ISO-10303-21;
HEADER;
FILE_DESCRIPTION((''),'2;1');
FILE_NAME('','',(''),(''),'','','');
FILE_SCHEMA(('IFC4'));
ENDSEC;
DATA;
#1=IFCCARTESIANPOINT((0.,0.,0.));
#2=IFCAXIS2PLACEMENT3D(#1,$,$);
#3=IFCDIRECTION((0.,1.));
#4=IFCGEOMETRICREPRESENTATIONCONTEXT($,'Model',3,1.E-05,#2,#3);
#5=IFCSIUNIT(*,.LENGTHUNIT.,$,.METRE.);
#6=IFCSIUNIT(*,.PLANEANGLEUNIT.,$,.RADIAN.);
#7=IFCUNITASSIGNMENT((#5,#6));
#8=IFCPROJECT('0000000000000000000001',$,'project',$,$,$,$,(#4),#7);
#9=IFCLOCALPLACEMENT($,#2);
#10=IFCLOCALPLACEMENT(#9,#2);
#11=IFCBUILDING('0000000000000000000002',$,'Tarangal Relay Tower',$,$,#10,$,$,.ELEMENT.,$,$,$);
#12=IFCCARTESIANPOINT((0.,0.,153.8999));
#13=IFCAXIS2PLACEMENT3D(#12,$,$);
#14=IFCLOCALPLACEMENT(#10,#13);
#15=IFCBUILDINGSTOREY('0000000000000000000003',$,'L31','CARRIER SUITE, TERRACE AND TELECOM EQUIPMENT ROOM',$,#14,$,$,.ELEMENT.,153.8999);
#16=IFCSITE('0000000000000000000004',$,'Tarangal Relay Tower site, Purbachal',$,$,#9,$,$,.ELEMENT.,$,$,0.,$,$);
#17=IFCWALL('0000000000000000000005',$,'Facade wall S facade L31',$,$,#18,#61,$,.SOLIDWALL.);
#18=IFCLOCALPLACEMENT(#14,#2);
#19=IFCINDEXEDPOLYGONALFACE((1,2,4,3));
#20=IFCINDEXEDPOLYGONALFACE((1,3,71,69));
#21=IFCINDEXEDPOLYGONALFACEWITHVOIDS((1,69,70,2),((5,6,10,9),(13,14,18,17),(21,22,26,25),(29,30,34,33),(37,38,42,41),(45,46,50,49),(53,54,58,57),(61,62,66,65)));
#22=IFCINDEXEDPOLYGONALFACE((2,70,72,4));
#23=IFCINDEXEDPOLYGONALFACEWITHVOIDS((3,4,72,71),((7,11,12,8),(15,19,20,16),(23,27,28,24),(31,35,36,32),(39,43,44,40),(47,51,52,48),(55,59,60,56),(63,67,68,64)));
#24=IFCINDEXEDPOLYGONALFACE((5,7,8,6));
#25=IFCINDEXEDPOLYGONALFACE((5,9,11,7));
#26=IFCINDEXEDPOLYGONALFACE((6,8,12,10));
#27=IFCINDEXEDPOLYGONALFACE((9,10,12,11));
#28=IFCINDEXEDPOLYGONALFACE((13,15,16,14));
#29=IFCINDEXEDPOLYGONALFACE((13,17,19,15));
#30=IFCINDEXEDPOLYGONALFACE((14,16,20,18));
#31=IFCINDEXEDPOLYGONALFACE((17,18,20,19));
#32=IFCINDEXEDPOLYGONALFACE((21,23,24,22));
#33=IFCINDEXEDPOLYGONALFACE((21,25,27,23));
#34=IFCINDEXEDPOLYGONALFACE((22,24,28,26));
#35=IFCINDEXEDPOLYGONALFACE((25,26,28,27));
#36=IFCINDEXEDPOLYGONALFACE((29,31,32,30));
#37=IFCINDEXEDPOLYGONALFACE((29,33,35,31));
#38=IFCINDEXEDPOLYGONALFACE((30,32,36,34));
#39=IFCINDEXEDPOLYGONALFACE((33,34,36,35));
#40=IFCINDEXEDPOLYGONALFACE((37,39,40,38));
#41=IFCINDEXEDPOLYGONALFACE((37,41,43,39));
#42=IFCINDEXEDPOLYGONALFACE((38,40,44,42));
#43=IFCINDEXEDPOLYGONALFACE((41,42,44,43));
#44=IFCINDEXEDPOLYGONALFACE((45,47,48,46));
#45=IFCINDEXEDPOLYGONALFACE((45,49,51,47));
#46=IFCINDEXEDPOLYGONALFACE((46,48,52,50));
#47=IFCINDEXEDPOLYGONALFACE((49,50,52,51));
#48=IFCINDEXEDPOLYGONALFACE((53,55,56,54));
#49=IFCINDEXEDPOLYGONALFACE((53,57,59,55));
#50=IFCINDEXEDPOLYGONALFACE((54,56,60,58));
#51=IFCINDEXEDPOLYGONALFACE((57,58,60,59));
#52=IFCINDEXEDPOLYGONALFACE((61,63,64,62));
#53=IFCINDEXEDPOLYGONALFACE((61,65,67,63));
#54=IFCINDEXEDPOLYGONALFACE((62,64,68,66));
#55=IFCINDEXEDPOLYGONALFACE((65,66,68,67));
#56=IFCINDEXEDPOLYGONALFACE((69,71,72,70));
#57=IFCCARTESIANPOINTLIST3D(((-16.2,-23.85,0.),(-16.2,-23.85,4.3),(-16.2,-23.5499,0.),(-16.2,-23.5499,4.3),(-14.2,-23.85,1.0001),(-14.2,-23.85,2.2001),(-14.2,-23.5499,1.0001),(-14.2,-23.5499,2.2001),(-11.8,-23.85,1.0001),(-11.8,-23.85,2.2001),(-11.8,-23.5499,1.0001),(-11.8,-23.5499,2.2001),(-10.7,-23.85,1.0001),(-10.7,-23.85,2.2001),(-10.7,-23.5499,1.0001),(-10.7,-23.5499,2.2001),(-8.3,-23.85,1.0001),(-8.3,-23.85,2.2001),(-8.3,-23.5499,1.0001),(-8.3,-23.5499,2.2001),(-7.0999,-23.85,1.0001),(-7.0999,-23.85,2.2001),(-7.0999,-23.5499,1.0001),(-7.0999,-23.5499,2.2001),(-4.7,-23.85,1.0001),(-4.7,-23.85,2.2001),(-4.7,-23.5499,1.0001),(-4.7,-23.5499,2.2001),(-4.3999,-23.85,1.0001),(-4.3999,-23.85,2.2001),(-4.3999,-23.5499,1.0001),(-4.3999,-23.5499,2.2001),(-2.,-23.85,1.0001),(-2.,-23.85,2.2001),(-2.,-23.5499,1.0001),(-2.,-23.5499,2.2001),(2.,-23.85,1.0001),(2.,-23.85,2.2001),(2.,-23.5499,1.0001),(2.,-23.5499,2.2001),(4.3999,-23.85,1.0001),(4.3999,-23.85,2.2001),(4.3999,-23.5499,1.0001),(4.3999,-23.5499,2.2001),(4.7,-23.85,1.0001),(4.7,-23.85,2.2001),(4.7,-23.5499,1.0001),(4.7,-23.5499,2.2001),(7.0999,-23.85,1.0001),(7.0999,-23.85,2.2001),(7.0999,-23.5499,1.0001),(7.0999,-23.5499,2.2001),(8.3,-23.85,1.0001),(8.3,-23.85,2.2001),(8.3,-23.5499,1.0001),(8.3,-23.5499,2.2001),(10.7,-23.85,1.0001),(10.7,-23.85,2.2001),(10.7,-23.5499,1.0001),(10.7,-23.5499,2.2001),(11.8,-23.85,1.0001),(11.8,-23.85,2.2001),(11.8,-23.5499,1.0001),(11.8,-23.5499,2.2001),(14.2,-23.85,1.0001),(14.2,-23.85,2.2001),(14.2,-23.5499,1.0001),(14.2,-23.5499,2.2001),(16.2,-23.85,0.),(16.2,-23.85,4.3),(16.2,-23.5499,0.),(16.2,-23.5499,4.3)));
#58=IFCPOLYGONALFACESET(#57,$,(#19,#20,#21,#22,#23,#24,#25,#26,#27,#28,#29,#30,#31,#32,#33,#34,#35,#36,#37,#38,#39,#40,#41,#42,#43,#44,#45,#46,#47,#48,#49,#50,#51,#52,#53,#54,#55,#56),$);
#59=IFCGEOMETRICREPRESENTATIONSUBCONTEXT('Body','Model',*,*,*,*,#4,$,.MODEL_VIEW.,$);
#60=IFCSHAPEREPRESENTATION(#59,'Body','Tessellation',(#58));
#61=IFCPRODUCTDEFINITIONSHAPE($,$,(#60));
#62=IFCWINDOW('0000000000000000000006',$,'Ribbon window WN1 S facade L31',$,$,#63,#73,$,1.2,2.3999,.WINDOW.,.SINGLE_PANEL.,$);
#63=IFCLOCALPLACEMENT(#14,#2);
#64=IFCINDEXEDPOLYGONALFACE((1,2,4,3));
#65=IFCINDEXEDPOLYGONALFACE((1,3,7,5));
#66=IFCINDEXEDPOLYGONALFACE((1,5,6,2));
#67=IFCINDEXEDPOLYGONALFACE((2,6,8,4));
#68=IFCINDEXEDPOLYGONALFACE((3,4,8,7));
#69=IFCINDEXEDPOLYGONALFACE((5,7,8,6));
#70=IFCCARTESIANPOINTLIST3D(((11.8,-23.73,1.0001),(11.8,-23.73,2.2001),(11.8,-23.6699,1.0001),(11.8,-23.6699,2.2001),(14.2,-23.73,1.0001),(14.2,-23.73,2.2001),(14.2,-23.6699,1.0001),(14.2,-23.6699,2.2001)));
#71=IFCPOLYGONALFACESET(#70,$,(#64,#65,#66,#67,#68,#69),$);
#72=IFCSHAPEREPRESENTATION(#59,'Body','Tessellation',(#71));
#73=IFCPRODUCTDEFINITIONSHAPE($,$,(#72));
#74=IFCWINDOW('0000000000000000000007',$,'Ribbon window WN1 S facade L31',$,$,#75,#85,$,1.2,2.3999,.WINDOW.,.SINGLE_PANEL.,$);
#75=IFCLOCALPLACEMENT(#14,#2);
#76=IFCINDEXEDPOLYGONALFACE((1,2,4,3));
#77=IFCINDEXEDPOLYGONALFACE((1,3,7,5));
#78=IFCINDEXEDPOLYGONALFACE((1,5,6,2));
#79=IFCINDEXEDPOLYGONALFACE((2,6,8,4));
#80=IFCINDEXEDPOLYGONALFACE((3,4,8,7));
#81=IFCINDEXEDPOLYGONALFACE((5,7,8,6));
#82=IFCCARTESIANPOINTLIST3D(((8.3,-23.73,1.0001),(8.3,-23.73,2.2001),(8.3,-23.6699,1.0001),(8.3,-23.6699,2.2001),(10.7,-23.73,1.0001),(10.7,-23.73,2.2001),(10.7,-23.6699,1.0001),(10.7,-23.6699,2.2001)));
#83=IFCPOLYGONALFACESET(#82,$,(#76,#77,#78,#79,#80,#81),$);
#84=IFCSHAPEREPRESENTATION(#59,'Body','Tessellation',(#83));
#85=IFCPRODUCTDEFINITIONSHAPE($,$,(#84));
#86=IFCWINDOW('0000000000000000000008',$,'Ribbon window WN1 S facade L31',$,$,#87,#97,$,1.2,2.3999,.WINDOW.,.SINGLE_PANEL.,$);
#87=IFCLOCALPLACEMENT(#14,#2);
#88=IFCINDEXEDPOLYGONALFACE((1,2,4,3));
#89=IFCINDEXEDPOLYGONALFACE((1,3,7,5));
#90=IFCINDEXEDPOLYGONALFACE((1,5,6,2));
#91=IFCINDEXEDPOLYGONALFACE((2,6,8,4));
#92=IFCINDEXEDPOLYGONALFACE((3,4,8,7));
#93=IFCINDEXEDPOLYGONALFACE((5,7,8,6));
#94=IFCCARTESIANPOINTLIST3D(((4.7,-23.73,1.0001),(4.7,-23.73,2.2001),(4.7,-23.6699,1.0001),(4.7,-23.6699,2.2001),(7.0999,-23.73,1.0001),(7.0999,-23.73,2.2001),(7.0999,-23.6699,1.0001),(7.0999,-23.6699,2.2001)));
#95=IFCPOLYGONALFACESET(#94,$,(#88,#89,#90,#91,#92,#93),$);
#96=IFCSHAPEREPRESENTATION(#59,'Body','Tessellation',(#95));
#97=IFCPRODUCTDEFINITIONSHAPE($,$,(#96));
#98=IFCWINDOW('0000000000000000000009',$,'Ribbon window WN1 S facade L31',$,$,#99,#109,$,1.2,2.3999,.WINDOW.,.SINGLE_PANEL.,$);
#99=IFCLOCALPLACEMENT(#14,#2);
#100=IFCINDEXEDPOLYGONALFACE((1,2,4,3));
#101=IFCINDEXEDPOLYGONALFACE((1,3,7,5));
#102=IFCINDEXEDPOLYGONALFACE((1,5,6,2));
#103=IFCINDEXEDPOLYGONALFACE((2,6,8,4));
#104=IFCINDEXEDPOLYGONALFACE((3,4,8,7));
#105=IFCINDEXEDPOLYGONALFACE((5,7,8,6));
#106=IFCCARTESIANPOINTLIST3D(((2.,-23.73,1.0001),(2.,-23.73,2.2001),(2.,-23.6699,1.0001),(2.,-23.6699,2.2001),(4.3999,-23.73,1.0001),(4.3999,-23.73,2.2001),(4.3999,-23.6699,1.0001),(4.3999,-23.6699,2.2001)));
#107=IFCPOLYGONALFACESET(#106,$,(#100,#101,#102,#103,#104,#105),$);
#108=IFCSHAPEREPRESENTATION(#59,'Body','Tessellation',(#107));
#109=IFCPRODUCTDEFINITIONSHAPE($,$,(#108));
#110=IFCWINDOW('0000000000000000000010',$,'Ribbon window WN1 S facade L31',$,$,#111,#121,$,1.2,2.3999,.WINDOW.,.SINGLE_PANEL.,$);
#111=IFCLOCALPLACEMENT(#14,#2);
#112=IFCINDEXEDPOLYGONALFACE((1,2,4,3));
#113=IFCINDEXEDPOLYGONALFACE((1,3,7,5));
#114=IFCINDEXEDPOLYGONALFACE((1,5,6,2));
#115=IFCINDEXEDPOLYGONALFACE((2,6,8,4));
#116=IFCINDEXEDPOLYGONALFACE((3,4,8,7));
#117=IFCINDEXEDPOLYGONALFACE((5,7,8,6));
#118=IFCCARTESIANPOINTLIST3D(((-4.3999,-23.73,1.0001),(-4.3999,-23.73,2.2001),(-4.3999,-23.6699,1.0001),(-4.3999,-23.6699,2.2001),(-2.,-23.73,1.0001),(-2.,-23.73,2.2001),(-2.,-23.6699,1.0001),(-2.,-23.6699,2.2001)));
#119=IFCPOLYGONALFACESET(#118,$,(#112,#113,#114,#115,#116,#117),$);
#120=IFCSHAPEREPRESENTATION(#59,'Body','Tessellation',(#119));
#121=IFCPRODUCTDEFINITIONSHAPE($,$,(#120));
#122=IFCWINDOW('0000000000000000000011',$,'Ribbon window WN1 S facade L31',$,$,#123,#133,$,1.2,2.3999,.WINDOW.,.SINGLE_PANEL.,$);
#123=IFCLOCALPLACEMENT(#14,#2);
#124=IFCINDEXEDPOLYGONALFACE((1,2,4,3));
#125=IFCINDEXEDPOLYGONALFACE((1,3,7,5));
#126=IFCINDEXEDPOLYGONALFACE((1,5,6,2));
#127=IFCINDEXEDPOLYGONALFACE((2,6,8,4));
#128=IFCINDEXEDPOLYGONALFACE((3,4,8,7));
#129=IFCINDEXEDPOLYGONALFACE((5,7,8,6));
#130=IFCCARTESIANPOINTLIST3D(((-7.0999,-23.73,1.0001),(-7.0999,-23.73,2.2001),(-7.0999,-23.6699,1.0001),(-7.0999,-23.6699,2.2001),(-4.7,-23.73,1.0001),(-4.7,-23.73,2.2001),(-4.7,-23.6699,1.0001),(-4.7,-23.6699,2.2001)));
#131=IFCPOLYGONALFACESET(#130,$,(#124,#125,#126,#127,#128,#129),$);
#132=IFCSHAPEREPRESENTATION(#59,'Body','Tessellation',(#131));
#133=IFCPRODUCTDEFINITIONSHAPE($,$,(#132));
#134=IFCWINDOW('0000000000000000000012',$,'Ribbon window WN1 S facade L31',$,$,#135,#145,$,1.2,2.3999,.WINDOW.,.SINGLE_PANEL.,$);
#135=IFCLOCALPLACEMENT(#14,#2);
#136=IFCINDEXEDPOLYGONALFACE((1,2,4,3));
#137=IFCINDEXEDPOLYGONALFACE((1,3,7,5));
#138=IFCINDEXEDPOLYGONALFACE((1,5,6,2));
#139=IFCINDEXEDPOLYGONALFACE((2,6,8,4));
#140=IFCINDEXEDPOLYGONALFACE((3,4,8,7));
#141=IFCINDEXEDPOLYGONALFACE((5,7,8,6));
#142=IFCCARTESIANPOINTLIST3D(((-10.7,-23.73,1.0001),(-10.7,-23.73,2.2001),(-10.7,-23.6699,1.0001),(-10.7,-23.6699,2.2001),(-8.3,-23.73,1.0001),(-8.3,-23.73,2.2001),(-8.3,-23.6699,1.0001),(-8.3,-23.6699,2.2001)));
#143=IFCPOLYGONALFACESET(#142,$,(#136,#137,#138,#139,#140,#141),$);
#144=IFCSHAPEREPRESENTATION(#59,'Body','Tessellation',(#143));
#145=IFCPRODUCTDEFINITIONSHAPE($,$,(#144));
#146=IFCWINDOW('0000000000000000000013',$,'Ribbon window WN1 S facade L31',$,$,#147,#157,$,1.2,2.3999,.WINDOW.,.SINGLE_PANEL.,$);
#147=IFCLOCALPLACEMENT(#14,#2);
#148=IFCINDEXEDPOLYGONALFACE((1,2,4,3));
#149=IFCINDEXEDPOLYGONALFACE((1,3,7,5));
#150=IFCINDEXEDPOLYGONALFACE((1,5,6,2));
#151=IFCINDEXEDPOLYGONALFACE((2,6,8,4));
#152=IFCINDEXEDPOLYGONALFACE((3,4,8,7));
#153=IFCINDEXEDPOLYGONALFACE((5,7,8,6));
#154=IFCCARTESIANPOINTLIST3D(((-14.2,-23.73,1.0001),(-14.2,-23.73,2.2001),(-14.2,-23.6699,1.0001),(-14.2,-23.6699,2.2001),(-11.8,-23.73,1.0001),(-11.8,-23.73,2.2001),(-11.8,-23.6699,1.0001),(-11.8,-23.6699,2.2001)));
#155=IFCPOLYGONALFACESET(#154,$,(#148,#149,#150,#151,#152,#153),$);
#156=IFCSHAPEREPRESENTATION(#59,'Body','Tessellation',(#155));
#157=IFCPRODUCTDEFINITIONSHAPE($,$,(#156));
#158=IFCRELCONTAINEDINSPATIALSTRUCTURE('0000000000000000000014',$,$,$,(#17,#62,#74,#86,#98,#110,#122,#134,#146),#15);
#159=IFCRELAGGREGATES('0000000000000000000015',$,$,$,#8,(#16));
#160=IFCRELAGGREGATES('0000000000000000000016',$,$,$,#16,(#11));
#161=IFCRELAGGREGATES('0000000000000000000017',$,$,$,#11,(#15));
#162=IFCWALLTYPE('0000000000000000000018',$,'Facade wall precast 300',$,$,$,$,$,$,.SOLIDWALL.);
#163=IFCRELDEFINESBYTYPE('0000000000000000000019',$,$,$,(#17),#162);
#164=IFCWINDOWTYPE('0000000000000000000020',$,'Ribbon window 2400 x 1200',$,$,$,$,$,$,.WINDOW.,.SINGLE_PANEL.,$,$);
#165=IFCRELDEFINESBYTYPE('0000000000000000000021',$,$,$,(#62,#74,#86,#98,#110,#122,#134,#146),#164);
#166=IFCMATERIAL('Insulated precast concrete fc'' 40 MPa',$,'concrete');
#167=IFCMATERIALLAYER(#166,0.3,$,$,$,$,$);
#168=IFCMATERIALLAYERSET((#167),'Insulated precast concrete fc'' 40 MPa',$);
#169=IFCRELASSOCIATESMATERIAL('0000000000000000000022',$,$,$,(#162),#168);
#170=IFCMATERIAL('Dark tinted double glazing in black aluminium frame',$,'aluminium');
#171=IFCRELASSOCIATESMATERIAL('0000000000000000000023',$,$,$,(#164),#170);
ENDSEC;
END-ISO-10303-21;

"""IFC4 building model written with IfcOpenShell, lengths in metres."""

from ifc_helpers import new_model, si_unit, direction, frame, frame_2d, origin, place, context, subcontext, project, spatial, rectangle, extrude, material, layer, layer_set, type_object, element, fill, save


model = new_model("IFC4")

# Units and contexts
model_context = context("Model", 3, precision=1e-05, world=origin(), true_north=direction((0.0, 1.0)))
body_context = subcontext(model_context, "Body", "Model", "MODEL_VIEW")
ifc_project = project(units=[si_unit("LENGTHUNIT", "METRE"), si_unit("PLANEANGLEUNIT", "RADIAN")], contexts=[model_context])

# Site, building, storey
site_placement = place(None, origin())
site = spatial("IfcSite", under=ifc_project, at=site_placement, Name="Tarangal Relay Tower site, Purbachal", CompositionType="ELEMENT", RefElevation=0.0)
building_placement = place(site_placement, origin())
building = spatial("IfcBuilding", under=site, at=building_placement, Name="Tarangal Relay Tower", CompositionType="ELEMENT")
storey_placement = place(building_placement, frame((0.0, 0.0, 153.8999)))
storey = spatial("IfcBuildingStorey", under=building, at=storey_placement, Name="L31", Description="CARRIER SUITE, TERRACE AND TELECOM EQUIPMENT ROOM", CompositionType="ELEMENT", Elevation=153.8999)

# Shared definitions
ifc_material_1 = material(Name="Insulated precast concrete fc' 40 MPa", Category="concrete")
ifc_layer = layer(ifc_material_1, 0.3)
ifc_layer_set = layer_set([ifc_layer], Name="Insulated precast concrete fc' 40 MPa")
wall_type = type_object("IfcWallType", Name="Facade wall precast 300", PredefinedType="SOLIDWALL", material=ifc_layer_set)

# Wall, openings, windows
wall_placement = place(storey_placement, frame((16.2, -23.7, 0.0), z_axis=(0.0, 0.0, 1.0), x_axis=(-1.0, 0.0, 0.0)))
wall = element("IfcWall", 1, at=wall_placement, inside=storey, type_object=wall_type, Name="Facade wall S facade L31", PredefinedType="SOLIDWALL", context=body_context, shape_type="SweptSolid", body=[
    extrude(rectangle(XDim=32.3999, YDim=0.3, at=frame_2d((16.2, 0.0))), origin(), (0.0, 0.0, 1.0), 4.3),
])
opening_1_placement = place(wall_placement, frame((2.0, 0.0, 1.0)))
opening_1 = element("IfcOpeningElement", 2, at=opening_1_placement, cuts=wall, PredefinedType="OPENING", context=body_context, shape_type="SweptSolid", body=[
    extrude(rectangle(XDim=2.3999, YDim=1.2, at=frame_2d((1.2, 0.6001))), frame((0.0, 0.1599, 0.0), z_axis=(0.0, -1.0, 0.0), x_axis=(1.0, 0.0, 0.0)), (0.0, 0.0, 1.0), 0.3201),
])
opening_2_placement = place(wall_placement, frame((5.5, 0.0, 1.0)))
opening_2 = element("IfcOpeningElement", 3, at=opening_2_placement, cuts=wall, PredefinedType="OPENING", context=body_context, shape_type="SweptSolid", body=[
    extrude(rectangle(XDim=2.3999, YDim=1.2, at=frame_2d((1.2, 0.6001))), frame((0.0, 0.1599, 0.0), z_axis=(0.0, -1.0, 0.0), x_axis=(1.0, 0.0, 0.0)), (0.0, 0.0, 1.0), 0.3201),
])
opening_3_placement = place(wall_placement, frame((9.1001, 0.0, 1.0)))
opening_3 = element("IfcOpeningElement", 4, at=opening_3_placement, cuts=wall, PredefinedType="OPENING", context=body_context, shape_type="SweptSolid", body=[
    extrude(rectangle(XDim=2.3999, YDim=1.2, at=frame_2d((1.2, 0.6001))), frame((0.0, 0.1599, 0.0), z_axis=(0.0, -1.0, 0.0), x_axis=(1.0, 0.0, 0.0)), (0.0, 0.0, 1.0), 0.3201),
])
opening_4_placement = place(wall_placement, frame((11.8, 0.0, 1.0)))
opening_4 = element("IfcOpeningElement", 5, at=opening_4_placement, cuts=wall, PredefinedType="OPENING", context=body_context, shape_type="SweptSolid", body=[
    extrude(rectangle(XDim=2.3999, YDim=1.2, at=frame_2d((1.2, 0.6001))), frame((0.0, 0.1599, 0.0), z_axis=(0.0, -1.0, 0.0), x_axis=(1.0, 0.0, 0.0)), (0.0, 0.0, 1.0), 0.3201),
])
opening_5_placement = place(wall_placement, frame((18.2, 0.0, 1.0)))
opening_5 = element("IfcOpeningElement", 6, at=opening_5_placement, cuts=wall, PredefinedType="OPENING", context=body_context, shape_type="SweptSolid", body=[
    extrude(rectangle(XDim=2.3999, YDim=1.2, at=frame_2d((1.2, 0.6001))), frame((0.0, 0.1599, 0.0), z_axis=(0.0, -1.0, 0.0), x_axis=(1.0, 0.0, 0.0)), (0.0, 0.0, 1.0), 0.3201),
])
opening_6_placement = place(wall_placement, frame((20.8999, 0.0, 1.0)))
opening_6 = element("IfcOpeningElement", 7, at=opening_6_placement, cuts=wall, PredefinedType="OPENING", context=body_context, shape_type="SweptSolid", body=[
    extrude(rectangle(XDim=2.3999, YDim=1.2, at=frame_2d((1.2, 0.6001))), frame((0.0, 0.1599, 0.0), z_axis=(0.0, -1.0, 0.0), x_axis=(1.0, 0.0, 0.0)), (0.0, 0.0, 1.0), 0.3201),
])
opening_7_placement = place(wall_placement, frame((24.5, 0.0, 1.0)))
opening_7 = element("IfcOpeningElement", 8, at=opening_7_placement, cuts=wall, PredefinedType="OPENING", context=body_context, shape_type="SweptSolid", body=[
    extrude(rectangle(XDim=2.3999, YDim=1.2, at=frame_2d((1.2, 0.6001))), frame((0.0, 0.1599, 0.0), z_axis=(0.0, -1.0, 0.0), x_axis=(1.0, 0.0, 0.0)), (0.0, 0.0, 1.0), 0.3201),
])
opening_8_placement = place(wall_placement, frame((28.0, 0.0, 1.0)))
opening_8 = element("IfcOpeningElement", 9, at=opening_8_placement, cuts=wall, PredefinedType="OPENING", context=body_context, shape_type="SweptSolid", body=[
    extrude(rectangle(XDim=2.3999, YDim=1.2, at=frame_2d((1.2, 0.6001))), frame((0.0, 0.1599, 0.0), z_axis=(0.0, -1.0, 0.0), x_axis=(1.0, 0.0, 0.0)), (0.0, 0.0, 1.0), 0.3201),
])
ifc_material_2 = material(Name="Dark tinted double glazing in black aluminium frame", Category="aluminium")
window_type = type_object("IfcWindowType", Name="Ribbon window 2400 x 1200", PartitioningType="SINGLE_PANEL", PredefinedType="WINDOW", material=ifc_material_2)
window_1_placement = place(opening_1_placement, origin())
window_1 = element("IfcWindow", 10, at=window_1_placement, inside=storey, type_object=window_type, Name="Ribbon window WN1 S facade L31", OverallHeight=1.2, OverallWidth=2.3999, PartitioningType="SINGLE_PANEL", PredefinedType="WINDOW", context=body_context, shape_type="SweptSolid", body=[
    extrude(rectangle(XDim=2.3999, YDim=1.2, at=frame_2d((1.2, 0.6001))), frame((0.0, 0.03, 0.0), z_axis=(0.0, -1.0, 0.0), x_axis=(1.0, 0.0, 0.0)), (0.0, 0.0, 1.0), 0.0601),
])
fill(opening_1, window_1)
window_2_placement = place(opening_2_placement, origin())
window_2 = element("IfcWindow", 11, at=window_2_placement, inside=storey, type_object=window_type, Name="Ribbon window WN1 S facade L31", OverallHeight=1.2, OverallWidth=2.3999, PartitioningType="SINGLE_PANEL", PredefinedType="WINDOW", context=body_context, shape_type="SweptSolid", body=[
    extrude(rectangle(XDim=2.3999, YDim=1.2, at=frame_2d((1.2, 0.6001))), frame((0.0, 0.03, 0.0), z_axis=(0.0, -1.0, 0.0), x_axis=(1.0, 0.0, 0.0)), (0.0, 0.0, 1.0), 0.0601),
])
fill(opening_2, window_2)
window_3_placement = place(opening_3_placement, origin())
window_3 = element("IfcWindow", 12, at=window_3_placement, inside=storey, type_object=window_type, Name="Ribbon window WN1 S facade L31", OverallHeight=1.2, OverallWidth=2.3999, PartitioningType="SINGLE_PANEL", PredefinedType="WINDOW", context=body_context, shape_type="SweptSolid", body=[
    extrude(rectangle(XDim=2.3999, YDim=1.2, at=frame_2d((1.2, 0.6001))), frame((0.0, 0.03, 0.0), z_axis=(0.0, -1.0, 0.0), x_axis=(1.0, 0.0, 0.0)), (0.0, 0.0, 1.0), 0.0601),
])
fill(opening_3, window_3)
window_4_placement = place(opening_4_placement, origin())
window_4 = element("IfcWindow", 13, at=window_4_placement, inside=storey, type_object=window_type, Name="Ribbon window WN1 S facade L31", OverallHeight=1.2, OverallWidth=2.3999, PartitioningType="SINGLE_PANEL", PredefinedType="WINDOW", context=body_context, shape_type="SweptSolid", body=[
    extrude(rectangle(XDim=2.3999, YDim=1.2, at=frame_2d((1.2, 0.6001))), frame((0.0, 0.03, 0.0), z_axis=(0.0, -1.0, 0.0), x_axis=(1.0, 0.0, 0.0)), (0.0, 0.0, 1.0), 0.0601),
])
fill(opening_4, window_4)
window_5_placement = place(opening_5_placement, origin())
window_5 = element("IfcWindow", 14, at=window_5_placement, inside=storey, type_object=window_type, Name="Ribbon window WN1 S facade L31", OverallHeight=1.2, OverallWidth=2.3999, PartitioningType="SINGLE_PANEL", PredefinedType="WINDOW", context=body_context, shape_type="SweptSolid", body=[
    extrude(rectangle(XDim=2.3999, YDim=1.2, at=frame_2d((1.2, 0.6001))), frame((0.0, 0.03, 0.0), z_axis=(0.0, -1.0, 0.0), x_axis=(1.0, 0.0, 0.0)), (0.0, 0.0, 1.0), 0.0601),
])
fill(opening_5, window_5)
window_6_placement = place(opening_6_placement, origin())
window_6 = element("IfcWindow", 15, at=window_6_placement, inside=storey, type_object=window_type, Name="Ribbon window WN1 S facade L31", OverallHeight=1.2, OverallWidth=2.3999, PartitioningType="SINGLE_PANEL", PredefinedType="WINDOW", context=body_context, shape_type="SweptSolid", body=[
    extrude(rectangle(XDim=2.3999, YDim=1.2, at=frame_2d((1.2, 0.6001))), frame((0.0, 0.03, 0.0), z_axis=(0.0, -1.0, 0.0), x_axis=(1.0, 0.0, 0.0)), (0.0, 0.0, 1.0), 0.0601),
])
fill(opening_6, window_6)
window_7_placement = place(opening_7_placement, origin())
window_7 = element("IfcWindow", 16, at=window_7_placement, inside=storey, type_object=window_type, Name="Ribbon window WN1 S facade L31", OverallHeight=1.2, OverallWidth=2.3999, PartitioningType="SINGLE_PANEL", PredefinedType="WINDOW", context=body_context, shape_type="SweptSolid", body=[
    extrude(rectangle(XDim=2.3999, YDim=1.2, at=frame_2d((1.2, 0.6001))), frame((0.0, 0.03, 0.0), z_axis=(0.0, -1.0, 0.0), x_axis=(1.0, 0.0, 0.0)), (0.0, 0.0, 1.0), 0.0601),
])
fill(opening_7, window_7)
window_8_placement = place(opening_8_placement, origin())
window_8 = element("IfcWindow", 17, at=window_8_placement, inside=storey, type_object=window_type, Name="Ribbon window WN1 S facade L31", OverallHeight=1.2, OverallWidth=2.3999, PartitioningType="SINGLE_PANEL", PredefinedType="WINDOW", context=body_context, shape_type="SweptSolid", body=[
    extrude(rectangle(XDim=2.3999, YDim=1.2, at=frame_2d((1.2, 0.6001))), frame((0.0, 0.03, 0.0), z_axis=(0.0, -1.0, 0.0), x_axis=(1.0, 0.0, 0.0)), (0.0, 0.0, 1.0), 0.0601),
])
fill(opening_8, window_8)

save(model, "model.ifc")
